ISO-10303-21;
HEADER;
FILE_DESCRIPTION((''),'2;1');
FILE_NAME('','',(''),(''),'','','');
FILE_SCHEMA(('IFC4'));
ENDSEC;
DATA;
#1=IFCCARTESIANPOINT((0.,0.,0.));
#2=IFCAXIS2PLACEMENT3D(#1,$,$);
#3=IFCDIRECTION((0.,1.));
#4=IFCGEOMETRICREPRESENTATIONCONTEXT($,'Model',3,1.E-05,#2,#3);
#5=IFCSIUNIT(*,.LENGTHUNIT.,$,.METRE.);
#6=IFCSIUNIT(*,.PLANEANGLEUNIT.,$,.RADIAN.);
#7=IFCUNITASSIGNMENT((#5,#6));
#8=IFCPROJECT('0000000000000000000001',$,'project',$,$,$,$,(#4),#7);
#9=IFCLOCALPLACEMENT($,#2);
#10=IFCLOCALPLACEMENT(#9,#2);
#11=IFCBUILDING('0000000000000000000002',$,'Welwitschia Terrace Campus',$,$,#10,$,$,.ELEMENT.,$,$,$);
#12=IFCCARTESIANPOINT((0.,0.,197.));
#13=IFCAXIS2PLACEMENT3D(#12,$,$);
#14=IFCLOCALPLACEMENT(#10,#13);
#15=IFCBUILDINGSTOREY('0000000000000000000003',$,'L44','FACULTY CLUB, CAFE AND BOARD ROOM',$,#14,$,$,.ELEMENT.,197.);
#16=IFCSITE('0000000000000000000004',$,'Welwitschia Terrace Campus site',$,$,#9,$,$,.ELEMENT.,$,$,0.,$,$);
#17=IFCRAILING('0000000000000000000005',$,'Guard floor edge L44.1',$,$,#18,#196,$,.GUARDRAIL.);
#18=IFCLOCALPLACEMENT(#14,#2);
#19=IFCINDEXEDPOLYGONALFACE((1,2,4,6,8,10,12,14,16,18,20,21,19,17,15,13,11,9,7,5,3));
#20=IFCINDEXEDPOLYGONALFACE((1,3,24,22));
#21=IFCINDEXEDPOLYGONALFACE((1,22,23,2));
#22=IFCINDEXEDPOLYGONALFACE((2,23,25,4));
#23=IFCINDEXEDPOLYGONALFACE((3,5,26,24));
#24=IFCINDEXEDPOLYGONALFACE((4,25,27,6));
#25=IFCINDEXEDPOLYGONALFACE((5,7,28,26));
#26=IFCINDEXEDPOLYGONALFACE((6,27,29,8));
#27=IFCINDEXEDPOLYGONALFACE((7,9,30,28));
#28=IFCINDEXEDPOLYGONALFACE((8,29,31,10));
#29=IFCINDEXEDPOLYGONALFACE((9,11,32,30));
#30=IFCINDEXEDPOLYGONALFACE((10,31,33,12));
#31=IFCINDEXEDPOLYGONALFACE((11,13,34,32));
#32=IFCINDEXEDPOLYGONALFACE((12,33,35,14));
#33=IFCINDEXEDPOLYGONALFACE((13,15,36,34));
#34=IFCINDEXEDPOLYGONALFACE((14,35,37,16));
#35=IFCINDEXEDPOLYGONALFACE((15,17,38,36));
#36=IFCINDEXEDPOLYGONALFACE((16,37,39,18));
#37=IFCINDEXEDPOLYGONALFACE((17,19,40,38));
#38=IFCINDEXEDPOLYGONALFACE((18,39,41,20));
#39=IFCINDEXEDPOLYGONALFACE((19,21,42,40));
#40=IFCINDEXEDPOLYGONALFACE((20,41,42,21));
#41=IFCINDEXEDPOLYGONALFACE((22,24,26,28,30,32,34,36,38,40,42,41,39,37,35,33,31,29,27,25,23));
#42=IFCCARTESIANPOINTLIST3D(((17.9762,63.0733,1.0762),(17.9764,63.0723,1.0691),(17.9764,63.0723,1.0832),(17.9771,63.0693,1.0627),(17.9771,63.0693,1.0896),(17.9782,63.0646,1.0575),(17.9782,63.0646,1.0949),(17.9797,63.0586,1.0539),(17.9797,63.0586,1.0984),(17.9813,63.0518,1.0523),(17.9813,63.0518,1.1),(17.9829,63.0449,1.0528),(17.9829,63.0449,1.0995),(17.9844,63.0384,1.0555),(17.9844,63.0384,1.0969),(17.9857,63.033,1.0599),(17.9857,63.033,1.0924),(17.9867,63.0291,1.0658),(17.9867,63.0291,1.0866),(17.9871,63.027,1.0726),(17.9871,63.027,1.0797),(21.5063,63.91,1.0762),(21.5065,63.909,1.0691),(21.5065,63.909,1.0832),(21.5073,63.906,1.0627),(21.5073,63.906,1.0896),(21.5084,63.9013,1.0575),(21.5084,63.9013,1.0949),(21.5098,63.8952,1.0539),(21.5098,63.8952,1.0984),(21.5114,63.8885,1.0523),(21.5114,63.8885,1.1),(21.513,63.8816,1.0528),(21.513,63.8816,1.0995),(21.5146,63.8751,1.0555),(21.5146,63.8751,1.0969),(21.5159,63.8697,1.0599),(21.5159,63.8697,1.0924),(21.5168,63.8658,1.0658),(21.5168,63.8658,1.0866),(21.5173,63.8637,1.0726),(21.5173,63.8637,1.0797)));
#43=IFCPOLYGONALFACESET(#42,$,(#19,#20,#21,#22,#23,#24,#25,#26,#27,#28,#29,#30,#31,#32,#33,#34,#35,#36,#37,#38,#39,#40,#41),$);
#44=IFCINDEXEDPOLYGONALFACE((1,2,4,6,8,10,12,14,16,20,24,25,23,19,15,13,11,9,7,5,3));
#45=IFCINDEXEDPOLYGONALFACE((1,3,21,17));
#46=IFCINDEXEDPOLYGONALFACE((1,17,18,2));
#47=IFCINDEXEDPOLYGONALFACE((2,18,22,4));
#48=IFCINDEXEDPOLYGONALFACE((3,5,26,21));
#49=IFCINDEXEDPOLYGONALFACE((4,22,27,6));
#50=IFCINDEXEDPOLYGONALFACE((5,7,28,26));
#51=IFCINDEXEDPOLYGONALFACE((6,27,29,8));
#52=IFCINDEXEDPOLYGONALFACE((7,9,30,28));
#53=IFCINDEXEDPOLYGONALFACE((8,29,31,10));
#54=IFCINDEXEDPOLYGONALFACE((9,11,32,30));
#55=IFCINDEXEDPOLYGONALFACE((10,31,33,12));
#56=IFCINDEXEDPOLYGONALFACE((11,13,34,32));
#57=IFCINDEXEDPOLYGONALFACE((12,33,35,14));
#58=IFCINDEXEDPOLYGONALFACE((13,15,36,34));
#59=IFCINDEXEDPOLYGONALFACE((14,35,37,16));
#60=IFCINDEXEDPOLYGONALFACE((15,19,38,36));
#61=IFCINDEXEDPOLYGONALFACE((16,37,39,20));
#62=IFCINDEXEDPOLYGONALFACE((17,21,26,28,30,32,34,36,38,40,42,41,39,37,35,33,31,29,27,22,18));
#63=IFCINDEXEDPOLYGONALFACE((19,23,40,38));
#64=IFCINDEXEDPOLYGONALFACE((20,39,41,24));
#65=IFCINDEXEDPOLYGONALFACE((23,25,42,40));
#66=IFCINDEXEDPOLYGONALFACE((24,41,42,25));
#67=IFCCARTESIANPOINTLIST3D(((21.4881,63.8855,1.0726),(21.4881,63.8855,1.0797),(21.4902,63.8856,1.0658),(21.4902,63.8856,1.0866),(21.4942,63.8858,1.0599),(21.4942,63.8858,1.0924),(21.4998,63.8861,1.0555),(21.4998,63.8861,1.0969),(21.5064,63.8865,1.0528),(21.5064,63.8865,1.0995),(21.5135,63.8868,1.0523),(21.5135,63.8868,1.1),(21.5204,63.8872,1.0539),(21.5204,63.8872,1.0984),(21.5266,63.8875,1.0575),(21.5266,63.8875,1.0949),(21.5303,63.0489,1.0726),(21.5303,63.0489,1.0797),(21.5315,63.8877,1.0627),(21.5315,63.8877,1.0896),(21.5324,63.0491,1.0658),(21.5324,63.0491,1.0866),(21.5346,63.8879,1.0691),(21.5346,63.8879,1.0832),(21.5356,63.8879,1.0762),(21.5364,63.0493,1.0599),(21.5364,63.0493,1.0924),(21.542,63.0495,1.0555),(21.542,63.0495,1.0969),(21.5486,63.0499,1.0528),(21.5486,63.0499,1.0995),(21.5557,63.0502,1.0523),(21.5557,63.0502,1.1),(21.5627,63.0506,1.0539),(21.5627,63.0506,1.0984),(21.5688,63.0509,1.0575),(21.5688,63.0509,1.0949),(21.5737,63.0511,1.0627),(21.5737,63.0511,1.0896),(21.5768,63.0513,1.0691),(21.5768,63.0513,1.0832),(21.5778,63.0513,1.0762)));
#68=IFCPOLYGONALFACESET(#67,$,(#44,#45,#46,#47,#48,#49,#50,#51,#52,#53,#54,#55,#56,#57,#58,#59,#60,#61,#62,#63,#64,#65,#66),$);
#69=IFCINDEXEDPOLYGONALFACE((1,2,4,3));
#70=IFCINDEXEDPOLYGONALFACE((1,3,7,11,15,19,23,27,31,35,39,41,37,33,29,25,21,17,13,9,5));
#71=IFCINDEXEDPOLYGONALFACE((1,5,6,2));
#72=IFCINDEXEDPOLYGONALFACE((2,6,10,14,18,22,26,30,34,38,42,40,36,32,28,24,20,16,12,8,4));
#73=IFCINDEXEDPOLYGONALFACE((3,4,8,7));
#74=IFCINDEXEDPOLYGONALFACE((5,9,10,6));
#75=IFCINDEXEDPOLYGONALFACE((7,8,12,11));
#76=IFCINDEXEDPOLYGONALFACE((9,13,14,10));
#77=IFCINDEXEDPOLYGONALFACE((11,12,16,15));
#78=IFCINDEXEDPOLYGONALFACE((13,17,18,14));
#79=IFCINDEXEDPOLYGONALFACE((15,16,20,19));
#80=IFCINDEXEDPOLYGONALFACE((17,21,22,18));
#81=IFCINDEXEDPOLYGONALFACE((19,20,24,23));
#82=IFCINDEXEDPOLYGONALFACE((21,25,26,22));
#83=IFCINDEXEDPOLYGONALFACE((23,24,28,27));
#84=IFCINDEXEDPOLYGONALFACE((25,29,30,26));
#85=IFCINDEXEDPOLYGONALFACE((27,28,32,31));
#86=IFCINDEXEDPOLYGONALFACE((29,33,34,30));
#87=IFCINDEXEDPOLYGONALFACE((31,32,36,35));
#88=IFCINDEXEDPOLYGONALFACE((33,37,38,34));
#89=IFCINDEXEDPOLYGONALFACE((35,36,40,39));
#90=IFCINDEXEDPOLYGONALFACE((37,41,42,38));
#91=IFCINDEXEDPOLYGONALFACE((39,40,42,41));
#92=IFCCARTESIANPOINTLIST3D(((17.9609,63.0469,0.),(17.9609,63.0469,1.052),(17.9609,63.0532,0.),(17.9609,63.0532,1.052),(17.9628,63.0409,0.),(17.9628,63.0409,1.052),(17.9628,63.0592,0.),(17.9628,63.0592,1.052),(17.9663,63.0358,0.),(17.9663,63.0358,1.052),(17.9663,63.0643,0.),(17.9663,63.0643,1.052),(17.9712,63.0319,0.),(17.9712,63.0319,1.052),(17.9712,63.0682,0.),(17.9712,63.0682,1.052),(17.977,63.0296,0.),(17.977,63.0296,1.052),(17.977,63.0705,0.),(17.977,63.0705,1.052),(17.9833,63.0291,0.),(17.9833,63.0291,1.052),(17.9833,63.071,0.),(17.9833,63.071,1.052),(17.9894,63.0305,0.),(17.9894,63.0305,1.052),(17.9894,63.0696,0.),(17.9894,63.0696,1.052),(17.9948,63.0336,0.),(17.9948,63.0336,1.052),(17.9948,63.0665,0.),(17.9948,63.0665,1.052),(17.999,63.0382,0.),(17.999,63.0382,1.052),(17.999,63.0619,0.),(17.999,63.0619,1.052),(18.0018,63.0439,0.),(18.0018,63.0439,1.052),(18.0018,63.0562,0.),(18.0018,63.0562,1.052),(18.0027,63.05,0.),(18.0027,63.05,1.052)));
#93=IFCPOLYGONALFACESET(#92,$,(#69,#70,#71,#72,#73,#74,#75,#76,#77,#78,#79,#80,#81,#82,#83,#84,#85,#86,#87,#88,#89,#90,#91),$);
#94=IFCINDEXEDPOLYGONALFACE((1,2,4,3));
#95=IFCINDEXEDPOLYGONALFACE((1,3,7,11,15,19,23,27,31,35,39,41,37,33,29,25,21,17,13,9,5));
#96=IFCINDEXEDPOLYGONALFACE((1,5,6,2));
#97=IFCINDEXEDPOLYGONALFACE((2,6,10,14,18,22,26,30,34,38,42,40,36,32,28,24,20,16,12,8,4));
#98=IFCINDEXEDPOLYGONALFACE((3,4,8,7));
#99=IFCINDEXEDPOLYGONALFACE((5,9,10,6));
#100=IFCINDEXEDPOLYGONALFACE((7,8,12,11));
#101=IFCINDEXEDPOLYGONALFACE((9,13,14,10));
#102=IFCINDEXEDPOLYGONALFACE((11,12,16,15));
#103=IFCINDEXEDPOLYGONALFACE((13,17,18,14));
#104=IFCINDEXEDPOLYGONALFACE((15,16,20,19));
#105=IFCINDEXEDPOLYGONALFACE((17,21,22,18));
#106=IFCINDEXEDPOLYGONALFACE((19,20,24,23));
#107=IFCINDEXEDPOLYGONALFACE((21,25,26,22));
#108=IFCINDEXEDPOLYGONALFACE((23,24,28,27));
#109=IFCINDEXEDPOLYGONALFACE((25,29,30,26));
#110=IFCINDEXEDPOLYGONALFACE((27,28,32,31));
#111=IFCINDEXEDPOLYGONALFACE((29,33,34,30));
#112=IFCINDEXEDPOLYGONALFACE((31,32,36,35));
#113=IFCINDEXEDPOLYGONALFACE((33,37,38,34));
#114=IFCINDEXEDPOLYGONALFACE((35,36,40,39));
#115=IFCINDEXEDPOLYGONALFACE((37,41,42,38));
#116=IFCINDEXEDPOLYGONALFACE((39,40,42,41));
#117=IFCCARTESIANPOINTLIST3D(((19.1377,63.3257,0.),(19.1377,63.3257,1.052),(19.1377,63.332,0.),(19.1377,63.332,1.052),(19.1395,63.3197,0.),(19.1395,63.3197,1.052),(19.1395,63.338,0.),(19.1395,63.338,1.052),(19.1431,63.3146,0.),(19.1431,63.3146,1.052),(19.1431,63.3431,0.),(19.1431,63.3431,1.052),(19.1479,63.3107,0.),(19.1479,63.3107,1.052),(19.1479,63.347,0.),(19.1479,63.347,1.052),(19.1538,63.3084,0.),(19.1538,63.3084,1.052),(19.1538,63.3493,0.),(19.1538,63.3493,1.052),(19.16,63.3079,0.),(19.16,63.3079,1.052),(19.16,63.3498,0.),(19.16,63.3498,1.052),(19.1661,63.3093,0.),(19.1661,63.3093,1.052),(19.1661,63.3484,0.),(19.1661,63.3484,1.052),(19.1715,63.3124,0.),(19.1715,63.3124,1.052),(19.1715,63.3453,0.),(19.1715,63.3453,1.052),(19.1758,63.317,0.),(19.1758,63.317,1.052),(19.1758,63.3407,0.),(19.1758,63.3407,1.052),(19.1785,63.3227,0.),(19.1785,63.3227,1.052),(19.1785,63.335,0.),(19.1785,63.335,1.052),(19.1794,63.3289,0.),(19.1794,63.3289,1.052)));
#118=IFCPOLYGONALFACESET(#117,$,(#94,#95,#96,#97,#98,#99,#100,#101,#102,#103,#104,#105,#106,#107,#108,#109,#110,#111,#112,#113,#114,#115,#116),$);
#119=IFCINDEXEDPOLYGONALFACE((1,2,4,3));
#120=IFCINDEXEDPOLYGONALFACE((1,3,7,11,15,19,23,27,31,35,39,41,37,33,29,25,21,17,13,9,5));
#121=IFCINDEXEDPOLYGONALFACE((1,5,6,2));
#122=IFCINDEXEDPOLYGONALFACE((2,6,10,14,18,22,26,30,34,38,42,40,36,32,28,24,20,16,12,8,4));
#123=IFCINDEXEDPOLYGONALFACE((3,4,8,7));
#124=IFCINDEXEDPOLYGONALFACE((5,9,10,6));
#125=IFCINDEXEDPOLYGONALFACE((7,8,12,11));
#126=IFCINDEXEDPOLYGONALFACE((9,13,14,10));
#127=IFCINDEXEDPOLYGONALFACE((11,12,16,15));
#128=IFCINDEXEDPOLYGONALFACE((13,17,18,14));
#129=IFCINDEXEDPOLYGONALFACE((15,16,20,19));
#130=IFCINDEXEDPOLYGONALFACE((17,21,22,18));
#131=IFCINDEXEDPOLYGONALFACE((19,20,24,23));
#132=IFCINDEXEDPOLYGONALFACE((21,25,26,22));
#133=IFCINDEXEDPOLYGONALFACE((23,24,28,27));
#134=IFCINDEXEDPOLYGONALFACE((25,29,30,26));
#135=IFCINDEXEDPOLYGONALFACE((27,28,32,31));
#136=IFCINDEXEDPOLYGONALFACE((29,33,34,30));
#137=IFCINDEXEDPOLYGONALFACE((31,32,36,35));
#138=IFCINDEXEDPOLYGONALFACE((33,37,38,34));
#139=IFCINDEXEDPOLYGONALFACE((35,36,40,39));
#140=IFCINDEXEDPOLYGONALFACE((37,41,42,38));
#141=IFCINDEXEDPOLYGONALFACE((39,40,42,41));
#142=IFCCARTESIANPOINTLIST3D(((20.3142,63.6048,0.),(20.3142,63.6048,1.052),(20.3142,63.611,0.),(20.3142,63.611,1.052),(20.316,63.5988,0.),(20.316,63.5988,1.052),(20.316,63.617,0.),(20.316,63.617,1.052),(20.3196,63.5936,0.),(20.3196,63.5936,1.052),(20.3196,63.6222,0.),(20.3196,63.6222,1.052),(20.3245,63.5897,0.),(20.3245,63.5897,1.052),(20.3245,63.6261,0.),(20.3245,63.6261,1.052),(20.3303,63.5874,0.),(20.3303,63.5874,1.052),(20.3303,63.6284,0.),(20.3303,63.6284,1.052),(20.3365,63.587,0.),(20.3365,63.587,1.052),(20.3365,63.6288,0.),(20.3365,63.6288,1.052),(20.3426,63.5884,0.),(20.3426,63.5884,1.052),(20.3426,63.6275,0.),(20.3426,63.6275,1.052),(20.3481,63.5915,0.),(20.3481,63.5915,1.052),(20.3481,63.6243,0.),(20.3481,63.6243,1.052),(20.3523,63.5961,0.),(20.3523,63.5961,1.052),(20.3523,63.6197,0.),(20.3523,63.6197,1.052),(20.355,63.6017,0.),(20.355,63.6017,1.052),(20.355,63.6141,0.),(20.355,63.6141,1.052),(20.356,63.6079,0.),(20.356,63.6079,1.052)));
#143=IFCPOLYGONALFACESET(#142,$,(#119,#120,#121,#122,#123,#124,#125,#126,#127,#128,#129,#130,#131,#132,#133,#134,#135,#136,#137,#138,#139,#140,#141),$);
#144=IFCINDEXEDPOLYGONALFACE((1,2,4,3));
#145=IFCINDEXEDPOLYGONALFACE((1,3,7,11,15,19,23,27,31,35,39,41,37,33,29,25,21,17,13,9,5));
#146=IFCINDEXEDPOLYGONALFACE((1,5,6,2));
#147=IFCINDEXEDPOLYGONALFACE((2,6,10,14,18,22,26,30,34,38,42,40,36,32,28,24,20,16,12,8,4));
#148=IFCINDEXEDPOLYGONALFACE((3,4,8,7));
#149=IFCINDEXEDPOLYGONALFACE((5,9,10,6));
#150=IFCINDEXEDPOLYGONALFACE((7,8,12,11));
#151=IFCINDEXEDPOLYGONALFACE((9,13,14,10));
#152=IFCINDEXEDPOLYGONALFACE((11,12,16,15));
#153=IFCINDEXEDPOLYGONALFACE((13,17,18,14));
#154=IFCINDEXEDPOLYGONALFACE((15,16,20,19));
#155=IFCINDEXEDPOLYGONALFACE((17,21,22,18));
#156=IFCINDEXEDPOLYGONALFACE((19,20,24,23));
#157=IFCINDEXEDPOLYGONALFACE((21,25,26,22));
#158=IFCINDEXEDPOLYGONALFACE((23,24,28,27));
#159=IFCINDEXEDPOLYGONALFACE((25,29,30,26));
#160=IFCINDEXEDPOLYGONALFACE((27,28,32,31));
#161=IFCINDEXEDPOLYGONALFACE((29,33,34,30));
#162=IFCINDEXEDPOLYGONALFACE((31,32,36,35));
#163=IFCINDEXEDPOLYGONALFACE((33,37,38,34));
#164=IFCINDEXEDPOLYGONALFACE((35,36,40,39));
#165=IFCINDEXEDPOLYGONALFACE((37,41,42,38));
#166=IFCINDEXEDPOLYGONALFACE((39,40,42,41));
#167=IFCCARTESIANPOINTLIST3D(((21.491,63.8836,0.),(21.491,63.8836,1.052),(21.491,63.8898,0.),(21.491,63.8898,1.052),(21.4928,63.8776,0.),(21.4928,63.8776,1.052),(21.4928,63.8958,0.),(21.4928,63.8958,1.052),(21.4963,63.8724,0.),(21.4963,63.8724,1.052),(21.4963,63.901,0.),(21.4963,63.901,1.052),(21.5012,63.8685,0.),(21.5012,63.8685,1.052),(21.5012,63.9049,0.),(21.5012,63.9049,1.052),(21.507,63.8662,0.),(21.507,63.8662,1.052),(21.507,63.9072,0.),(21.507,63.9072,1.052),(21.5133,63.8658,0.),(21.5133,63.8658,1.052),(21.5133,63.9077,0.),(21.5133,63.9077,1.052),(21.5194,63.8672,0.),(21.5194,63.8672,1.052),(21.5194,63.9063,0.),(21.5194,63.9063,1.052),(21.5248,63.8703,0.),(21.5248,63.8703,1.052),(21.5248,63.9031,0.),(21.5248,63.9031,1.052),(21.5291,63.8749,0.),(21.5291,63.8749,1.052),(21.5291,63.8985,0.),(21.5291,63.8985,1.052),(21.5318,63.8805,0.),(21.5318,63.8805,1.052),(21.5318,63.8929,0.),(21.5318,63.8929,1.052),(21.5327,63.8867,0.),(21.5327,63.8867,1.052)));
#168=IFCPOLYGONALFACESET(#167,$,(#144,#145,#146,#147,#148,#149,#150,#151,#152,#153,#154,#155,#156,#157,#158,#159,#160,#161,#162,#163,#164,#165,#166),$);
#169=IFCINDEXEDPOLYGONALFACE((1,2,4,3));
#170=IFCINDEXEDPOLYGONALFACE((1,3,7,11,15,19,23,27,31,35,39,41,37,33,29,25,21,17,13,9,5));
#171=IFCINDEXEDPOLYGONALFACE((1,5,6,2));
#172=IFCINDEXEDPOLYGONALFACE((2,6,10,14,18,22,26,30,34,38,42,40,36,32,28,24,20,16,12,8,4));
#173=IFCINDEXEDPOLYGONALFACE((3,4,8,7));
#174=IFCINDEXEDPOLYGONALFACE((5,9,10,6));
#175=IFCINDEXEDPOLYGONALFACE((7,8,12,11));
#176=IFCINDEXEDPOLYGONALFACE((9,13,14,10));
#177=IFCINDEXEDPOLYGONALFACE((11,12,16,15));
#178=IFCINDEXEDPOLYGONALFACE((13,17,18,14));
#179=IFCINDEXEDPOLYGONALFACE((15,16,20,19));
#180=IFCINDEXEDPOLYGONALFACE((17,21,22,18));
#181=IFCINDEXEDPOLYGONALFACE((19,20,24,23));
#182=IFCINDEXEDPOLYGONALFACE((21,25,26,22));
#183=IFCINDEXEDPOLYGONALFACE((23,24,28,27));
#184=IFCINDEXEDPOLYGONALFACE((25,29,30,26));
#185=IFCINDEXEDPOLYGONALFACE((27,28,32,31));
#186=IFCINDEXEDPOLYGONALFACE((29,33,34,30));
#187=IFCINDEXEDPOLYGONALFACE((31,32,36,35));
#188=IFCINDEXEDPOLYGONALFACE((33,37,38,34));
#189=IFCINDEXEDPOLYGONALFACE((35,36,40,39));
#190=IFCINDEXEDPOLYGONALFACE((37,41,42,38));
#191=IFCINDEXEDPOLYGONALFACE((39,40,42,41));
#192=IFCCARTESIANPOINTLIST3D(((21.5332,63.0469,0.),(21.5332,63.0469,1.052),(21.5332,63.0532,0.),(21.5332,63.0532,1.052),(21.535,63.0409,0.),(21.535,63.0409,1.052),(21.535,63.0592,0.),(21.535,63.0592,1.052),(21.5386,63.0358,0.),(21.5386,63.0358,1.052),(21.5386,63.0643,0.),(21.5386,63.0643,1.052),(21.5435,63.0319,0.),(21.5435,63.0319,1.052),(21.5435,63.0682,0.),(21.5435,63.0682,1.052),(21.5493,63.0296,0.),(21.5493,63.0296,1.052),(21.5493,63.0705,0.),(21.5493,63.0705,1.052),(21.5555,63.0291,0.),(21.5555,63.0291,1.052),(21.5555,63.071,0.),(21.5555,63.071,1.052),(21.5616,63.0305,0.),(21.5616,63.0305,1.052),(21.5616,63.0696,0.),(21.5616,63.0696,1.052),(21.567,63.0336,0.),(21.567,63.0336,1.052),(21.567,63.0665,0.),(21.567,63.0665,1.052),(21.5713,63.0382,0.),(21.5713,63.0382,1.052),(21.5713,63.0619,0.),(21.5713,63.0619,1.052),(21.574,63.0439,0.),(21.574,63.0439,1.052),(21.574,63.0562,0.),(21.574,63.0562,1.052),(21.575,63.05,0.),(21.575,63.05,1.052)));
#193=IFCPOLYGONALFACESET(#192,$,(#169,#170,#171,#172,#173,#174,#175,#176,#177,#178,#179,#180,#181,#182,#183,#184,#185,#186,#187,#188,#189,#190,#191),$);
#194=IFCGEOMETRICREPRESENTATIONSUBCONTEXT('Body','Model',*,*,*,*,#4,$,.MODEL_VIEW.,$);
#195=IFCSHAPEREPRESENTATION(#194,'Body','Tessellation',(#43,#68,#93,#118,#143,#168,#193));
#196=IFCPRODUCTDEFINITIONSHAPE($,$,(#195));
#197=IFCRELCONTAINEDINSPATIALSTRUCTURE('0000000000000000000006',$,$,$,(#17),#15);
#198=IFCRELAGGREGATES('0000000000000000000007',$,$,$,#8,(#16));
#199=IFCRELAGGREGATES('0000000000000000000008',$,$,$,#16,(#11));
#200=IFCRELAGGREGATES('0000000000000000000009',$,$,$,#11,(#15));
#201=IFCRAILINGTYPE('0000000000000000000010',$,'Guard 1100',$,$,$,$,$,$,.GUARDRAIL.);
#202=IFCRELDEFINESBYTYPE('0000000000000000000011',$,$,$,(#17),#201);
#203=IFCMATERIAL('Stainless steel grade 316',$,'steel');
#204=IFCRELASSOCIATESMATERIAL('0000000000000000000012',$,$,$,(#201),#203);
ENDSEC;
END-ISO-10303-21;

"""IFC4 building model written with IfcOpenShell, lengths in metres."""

from ifc_helpers import new_model, si_unit, direction, frame, origin, origin_2d, place, context, subcontext, project, spatial, circle, extrude, material, type_object, element, save


model = new_model("IFC4")

# Units and contexts
model_context = context("Model", 3, precision=1e-05, world=origin(), true_north=direction((0.0, 1.0)))
body_context = subcontext(model_context, "Body", "Model", "MODEL_VIEW")
ifc_project = project(units=[si_unit("LENGTHUNIT", "METRE"), si_unit("PLANEANGLEUNIT", "RADIAN")], contexts=[model_context])

# Site, building, storey
site_placement = place(None, origin())
site = spatial("IfcSite", under=ifc_project, at=site_placement, Name="Welwitschia Terrace Campus site", CompositionType="ELEMENT", RefElevation=0.0)
building_placement = place(site_placement, origin())
building = spatial("IfcBuilding", under=site, at=building_placement, Name="Welwitschia Terrace Campus", CompositionType="ELEMENT")
storey_placement = place(building_placement, frame((0.0, 0.0, 197.0)))
storey = spatial("IfcBuildingStorey", under=building, at=storey_placement, Name="L44", Description="FACULTY CLUB, CAFE AND BOARD ROOM", CompositionType="ELEMENT", Elevation=197.0)

# Railing
ifc_material_1 = material(Name="Stainless steel grade 316", Category="steel")
railing_type = type_object("IfcRailingType", Name="Guard 1100", PredefinedType="GUARDRAIL", material=ifc_material_1)
railing_1_placement = place(storey_placement, frame((17.9817, 63.05, 0.0)))
element("IfcRailing", 1, at=railing_1_placement, inside=storey, type_object=railing_type, Name="Guard floor edge L44.1", PredefinedType="GUARDRAIL", context=body_context, shape_type="SweptSolid", body=[
    extrude(circle(Radius=0.0239, at=origin_2d()), frame((0.0, 0.0, 1.0762), z_axis=(0.973043, 0.230626, 0.0), x_axis=(-0.230626, 0.973043, 0.0)), (0.0, 0.0, 1.0), 3.6279),
    extrude(circle(Radius=0.0239, at=origin_2d()), frame((3.53, 0.8367, 1.0762), z_axis=(0.050417, -0.998728, 0.0), x_axis=(0.998728, 0.050417, 0.0)), (0.0, 0.0, 1.0), 0.8376),
    extrude(circle(Radius=0.021, at=origin_2d()), origin(), (0.0, 0.0, 1.0), 1.052),
    extrude(circle(Radius=0.021, at=origin_2d()), frame((1.1768, 0.2788, 0.0)), (0.0, 0.0, 1.0), 1.052),
    extrude(circle(Radius=0.021, at=origin_2d()), frame((2.3533, 0.5579, 0.0)), (0.0, 0.0, 1.0), 1.052),
    extrude(circle(Radius=0.021, at=origin_2d()), frame((3.53, 0.8367, 0.0)), (0.0, 0.0, 1.0), 1.052),
    extrude(circle(Radius=0.021, at=origin_2d()), frame((3.5723, 0.0, 0.0)), (0.0, 0.0, 1.0), 1.052),
])

save(model, "model.ifc")
